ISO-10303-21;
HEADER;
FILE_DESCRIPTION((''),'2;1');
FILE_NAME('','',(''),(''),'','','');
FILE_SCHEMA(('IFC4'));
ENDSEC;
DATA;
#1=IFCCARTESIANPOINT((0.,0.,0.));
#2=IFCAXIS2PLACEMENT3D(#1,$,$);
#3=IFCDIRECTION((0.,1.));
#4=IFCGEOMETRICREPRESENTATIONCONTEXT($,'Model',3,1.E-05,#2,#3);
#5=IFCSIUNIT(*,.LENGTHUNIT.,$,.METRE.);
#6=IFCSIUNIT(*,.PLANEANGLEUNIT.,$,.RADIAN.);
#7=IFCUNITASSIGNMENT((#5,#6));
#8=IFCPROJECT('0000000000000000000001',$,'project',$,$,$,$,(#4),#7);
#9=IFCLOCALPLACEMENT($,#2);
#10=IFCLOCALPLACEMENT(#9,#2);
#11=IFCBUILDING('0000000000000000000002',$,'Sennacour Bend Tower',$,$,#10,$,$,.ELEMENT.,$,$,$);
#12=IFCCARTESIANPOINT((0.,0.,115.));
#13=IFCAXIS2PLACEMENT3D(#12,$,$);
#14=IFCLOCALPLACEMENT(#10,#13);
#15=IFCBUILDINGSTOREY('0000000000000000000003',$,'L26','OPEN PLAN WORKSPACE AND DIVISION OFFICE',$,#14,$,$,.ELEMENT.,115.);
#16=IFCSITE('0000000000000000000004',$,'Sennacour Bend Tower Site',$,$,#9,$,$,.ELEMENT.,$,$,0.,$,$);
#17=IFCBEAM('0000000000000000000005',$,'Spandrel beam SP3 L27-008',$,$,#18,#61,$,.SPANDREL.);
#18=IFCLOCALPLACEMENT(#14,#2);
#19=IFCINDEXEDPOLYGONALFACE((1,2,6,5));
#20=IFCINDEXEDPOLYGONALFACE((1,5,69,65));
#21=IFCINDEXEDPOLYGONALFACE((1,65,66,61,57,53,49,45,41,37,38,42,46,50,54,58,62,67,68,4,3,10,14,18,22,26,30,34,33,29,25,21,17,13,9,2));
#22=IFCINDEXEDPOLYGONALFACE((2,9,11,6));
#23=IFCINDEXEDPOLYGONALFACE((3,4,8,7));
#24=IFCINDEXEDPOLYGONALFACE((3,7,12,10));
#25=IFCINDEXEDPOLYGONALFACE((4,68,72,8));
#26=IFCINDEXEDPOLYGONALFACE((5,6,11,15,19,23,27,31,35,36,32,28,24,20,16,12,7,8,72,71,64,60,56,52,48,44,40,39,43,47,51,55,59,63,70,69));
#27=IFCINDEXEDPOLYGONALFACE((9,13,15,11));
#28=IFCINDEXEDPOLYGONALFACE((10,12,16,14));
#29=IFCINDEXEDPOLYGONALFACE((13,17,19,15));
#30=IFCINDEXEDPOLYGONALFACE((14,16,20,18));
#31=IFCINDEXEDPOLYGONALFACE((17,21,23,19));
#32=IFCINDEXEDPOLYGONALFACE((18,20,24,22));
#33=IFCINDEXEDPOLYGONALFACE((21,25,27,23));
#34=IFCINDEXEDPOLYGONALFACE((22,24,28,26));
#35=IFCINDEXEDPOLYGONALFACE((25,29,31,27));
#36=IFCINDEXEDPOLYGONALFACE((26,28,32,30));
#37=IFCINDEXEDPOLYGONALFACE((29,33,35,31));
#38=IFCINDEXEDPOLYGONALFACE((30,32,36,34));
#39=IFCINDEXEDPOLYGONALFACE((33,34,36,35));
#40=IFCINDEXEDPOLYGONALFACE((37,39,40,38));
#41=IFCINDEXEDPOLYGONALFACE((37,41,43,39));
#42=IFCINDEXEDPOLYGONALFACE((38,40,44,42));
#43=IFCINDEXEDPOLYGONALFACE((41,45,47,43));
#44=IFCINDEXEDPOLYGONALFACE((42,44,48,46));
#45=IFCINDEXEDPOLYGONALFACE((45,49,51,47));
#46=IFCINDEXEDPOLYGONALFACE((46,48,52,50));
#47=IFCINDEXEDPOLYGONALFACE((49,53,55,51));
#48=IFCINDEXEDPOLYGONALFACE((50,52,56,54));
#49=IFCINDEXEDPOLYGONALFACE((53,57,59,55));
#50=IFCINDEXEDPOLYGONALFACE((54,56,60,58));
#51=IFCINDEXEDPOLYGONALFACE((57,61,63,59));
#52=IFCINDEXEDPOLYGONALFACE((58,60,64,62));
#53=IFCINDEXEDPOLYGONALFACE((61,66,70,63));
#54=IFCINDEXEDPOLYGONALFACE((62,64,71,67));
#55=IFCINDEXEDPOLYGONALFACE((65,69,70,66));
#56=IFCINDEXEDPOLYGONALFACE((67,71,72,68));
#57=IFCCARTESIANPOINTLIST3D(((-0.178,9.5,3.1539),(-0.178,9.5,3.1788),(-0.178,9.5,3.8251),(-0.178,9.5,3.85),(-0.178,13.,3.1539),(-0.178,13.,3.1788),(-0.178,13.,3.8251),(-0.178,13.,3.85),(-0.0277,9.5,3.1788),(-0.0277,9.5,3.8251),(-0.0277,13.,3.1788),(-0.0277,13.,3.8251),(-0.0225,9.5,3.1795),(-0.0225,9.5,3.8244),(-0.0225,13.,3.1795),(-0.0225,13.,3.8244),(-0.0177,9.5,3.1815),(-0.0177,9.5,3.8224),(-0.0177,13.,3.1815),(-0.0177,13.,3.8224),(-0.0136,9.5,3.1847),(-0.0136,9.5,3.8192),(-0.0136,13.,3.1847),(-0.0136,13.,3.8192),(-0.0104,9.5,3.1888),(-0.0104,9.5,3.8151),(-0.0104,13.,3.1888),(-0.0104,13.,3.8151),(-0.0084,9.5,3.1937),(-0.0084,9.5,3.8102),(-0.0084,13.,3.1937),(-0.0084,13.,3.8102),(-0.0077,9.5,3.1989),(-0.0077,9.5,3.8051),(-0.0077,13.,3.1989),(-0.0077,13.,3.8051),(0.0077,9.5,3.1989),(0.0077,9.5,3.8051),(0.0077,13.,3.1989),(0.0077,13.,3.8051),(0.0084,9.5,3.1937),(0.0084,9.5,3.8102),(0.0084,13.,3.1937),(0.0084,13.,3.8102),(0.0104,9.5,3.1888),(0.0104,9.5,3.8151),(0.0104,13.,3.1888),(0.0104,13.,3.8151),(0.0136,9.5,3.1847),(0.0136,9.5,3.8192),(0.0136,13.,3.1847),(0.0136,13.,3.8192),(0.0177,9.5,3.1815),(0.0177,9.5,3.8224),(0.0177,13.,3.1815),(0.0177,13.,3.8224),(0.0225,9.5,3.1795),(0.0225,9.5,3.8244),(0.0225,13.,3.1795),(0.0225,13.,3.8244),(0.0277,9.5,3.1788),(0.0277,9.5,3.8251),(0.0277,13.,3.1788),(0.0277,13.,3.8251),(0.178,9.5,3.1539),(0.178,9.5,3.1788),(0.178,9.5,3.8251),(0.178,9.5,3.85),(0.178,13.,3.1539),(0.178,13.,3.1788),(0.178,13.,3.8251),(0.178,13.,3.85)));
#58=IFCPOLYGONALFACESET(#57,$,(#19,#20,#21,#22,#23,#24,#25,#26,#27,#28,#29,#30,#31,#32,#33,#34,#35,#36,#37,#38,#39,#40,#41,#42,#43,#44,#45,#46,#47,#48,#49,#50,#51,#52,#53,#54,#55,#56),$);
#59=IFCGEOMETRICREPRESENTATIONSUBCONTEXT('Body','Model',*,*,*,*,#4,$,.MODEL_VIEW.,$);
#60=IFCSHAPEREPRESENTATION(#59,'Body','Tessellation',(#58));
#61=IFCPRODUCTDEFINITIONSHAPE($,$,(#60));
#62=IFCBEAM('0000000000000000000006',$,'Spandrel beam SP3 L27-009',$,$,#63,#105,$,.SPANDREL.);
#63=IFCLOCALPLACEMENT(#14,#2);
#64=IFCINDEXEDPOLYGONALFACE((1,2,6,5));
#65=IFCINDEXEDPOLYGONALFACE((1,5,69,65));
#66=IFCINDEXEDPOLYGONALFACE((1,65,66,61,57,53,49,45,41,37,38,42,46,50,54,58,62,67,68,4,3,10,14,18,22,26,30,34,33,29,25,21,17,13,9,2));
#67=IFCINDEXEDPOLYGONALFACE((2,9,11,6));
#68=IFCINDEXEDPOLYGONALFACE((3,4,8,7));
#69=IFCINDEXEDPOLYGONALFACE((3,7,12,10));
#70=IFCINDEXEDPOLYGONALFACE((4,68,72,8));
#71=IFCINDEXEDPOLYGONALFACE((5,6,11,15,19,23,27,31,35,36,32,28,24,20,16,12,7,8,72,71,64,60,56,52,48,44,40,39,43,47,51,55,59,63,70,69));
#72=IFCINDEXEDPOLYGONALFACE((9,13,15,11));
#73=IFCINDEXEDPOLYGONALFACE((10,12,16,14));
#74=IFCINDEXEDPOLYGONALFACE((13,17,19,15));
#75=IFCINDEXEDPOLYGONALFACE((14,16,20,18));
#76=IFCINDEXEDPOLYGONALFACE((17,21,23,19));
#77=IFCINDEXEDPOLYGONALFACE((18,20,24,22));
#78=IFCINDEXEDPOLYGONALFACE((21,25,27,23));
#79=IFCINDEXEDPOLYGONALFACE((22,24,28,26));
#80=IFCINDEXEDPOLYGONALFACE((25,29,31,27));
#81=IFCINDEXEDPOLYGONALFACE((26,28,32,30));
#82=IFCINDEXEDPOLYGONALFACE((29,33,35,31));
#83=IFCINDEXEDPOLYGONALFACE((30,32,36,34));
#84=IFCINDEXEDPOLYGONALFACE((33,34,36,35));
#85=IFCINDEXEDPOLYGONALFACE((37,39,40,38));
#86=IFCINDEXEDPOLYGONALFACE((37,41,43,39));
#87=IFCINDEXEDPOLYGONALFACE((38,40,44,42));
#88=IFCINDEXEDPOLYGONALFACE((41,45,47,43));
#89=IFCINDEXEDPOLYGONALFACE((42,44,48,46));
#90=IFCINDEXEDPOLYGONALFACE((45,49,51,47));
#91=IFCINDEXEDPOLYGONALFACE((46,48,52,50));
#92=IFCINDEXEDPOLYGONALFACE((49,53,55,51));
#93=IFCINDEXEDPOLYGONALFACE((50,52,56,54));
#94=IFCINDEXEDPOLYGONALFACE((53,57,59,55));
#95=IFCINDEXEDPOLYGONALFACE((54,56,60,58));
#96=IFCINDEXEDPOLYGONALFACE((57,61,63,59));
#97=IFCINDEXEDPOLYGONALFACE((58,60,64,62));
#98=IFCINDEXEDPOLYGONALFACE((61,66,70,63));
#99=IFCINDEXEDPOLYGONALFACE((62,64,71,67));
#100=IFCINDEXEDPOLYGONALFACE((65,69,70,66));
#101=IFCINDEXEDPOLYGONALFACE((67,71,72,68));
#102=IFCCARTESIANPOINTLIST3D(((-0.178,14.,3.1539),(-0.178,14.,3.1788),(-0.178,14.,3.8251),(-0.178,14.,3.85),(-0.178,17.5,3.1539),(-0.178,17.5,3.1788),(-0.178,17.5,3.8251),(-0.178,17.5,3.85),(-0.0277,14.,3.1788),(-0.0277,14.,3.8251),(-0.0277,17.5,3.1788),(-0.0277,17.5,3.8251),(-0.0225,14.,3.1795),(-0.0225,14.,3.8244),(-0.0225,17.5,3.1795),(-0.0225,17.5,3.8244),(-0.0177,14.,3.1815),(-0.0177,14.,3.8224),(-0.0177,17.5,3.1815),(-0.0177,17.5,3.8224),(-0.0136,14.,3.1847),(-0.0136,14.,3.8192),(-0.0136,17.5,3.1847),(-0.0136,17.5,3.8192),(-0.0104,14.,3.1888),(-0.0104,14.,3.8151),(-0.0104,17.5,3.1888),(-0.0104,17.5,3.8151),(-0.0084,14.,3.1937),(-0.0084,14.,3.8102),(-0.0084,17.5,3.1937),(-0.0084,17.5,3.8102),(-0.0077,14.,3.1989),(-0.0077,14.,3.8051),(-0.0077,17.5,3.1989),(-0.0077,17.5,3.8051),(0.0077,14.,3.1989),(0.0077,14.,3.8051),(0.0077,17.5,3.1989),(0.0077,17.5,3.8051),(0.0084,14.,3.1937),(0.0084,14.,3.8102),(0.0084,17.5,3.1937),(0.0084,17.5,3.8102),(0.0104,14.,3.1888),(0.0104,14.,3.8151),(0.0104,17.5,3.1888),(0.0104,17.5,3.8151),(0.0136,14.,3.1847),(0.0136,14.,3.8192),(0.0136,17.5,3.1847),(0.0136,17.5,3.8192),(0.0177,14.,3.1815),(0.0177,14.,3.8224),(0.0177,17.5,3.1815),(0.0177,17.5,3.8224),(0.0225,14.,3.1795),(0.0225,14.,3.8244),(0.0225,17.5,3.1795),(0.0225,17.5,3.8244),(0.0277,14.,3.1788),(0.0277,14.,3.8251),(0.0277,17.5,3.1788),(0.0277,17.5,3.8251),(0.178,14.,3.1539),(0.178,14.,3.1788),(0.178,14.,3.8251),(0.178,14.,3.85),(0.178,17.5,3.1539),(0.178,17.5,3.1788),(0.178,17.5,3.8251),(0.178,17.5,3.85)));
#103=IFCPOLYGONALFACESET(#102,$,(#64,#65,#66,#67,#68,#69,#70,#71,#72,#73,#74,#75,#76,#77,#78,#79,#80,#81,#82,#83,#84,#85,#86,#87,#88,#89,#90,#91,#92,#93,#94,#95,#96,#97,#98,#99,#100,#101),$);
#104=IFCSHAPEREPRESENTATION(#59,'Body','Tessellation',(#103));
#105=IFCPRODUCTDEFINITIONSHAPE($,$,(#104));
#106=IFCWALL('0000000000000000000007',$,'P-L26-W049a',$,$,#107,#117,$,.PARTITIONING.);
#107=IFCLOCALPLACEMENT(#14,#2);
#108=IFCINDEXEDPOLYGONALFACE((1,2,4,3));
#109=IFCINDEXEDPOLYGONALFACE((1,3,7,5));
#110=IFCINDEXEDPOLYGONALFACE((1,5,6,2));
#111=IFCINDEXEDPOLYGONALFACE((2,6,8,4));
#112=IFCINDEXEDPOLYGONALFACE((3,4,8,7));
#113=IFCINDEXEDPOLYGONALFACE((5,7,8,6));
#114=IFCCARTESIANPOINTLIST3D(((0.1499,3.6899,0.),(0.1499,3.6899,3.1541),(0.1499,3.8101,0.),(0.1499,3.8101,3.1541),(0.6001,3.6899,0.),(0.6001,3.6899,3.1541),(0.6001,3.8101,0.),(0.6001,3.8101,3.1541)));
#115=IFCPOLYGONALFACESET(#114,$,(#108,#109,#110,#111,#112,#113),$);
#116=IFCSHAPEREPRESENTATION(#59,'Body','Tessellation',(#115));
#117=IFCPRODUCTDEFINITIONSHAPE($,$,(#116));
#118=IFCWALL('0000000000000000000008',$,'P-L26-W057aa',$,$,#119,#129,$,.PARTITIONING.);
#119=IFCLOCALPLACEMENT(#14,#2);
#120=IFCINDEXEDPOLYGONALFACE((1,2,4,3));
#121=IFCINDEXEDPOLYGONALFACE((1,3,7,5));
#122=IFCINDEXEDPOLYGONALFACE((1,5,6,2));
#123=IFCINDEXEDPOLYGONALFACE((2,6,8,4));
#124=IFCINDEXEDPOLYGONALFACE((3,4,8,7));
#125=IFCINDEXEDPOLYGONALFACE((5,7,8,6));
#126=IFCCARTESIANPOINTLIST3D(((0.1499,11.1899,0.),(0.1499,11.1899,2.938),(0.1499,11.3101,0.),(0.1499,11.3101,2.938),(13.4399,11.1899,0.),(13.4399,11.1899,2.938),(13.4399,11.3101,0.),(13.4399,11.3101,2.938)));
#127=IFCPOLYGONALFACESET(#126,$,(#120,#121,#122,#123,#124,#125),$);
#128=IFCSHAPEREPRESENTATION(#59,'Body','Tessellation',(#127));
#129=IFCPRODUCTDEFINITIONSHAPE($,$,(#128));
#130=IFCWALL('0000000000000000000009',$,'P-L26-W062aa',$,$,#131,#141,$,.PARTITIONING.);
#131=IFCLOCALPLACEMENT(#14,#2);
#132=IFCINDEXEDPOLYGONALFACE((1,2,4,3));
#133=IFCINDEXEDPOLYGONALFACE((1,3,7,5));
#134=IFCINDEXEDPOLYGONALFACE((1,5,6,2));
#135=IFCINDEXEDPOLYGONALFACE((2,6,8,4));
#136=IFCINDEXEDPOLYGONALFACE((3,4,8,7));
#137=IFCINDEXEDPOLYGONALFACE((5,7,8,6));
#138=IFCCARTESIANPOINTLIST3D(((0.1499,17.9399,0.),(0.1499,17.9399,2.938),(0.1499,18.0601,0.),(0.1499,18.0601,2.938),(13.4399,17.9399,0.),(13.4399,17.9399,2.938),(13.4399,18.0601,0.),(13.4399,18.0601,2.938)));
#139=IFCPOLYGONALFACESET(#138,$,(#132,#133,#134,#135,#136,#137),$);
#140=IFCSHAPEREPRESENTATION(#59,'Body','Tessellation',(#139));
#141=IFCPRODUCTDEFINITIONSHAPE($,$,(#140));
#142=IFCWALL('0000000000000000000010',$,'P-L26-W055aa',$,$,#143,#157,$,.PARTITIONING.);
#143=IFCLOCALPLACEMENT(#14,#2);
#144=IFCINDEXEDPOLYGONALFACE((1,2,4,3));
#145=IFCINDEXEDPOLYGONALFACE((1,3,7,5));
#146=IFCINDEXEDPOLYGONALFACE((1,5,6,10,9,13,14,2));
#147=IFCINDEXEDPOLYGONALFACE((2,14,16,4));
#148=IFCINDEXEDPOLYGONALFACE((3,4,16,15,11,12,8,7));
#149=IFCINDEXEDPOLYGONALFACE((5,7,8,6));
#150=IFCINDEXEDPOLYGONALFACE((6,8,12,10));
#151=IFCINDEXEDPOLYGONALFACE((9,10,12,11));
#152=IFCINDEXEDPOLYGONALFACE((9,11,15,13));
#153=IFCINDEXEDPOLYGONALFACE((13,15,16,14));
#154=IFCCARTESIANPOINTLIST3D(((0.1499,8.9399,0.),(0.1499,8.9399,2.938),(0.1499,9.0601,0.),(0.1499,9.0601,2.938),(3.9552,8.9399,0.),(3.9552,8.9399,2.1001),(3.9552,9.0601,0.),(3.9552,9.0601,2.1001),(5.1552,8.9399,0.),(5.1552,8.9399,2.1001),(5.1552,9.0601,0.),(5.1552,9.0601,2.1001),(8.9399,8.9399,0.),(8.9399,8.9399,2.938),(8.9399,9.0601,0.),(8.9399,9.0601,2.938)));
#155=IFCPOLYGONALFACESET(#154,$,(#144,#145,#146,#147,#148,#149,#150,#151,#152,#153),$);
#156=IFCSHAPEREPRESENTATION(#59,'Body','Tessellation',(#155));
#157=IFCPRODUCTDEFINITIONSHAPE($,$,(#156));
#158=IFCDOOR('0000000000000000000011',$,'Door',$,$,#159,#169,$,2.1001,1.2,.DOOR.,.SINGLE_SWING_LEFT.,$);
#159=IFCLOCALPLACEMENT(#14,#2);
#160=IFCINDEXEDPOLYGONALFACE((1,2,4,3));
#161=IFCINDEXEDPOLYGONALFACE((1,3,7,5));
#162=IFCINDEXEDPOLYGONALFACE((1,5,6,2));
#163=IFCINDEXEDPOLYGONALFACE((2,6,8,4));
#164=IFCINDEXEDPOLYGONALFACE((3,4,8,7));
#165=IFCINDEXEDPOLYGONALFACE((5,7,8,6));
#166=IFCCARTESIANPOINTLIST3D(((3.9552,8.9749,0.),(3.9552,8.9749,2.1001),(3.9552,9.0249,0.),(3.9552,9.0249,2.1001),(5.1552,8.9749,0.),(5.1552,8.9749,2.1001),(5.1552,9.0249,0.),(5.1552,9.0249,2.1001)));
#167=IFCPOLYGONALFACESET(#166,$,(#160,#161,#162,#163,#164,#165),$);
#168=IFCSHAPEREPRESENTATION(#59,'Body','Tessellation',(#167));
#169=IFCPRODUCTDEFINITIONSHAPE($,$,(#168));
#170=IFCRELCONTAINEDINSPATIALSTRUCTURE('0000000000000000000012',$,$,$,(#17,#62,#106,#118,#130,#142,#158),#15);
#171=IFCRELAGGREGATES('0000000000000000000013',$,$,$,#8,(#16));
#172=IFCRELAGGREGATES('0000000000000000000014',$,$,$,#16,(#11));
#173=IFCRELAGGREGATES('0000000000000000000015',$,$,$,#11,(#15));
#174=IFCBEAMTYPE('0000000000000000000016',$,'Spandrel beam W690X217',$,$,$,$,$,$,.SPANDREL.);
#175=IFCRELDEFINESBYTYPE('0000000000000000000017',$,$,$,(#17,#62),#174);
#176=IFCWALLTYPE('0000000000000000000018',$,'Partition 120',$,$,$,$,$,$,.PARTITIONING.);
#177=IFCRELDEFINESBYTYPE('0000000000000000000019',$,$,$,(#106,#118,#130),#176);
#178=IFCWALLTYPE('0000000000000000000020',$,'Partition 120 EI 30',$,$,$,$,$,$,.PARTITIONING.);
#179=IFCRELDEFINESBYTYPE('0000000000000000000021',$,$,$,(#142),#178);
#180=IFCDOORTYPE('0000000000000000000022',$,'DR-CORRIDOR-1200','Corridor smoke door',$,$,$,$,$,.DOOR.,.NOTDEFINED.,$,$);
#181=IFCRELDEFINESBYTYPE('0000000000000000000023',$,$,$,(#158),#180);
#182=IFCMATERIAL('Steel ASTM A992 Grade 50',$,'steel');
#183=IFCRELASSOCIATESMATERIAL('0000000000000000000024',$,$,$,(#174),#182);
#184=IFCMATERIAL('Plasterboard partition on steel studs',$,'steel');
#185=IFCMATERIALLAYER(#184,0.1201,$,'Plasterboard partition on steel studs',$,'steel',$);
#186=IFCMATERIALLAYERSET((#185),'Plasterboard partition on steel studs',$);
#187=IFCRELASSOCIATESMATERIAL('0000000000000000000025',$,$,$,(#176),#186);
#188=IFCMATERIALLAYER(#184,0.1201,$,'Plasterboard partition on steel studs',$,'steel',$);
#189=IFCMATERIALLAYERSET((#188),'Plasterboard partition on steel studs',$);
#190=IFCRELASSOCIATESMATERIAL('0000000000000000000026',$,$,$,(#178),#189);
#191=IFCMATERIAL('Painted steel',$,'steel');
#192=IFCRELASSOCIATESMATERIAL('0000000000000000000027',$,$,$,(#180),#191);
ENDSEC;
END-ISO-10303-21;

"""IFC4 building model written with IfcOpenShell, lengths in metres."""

from ifc_helpers import new_model, si_unit, direction, frame, frame_2d, origin, origin_2d, place, context, subcontext, project, spatial, rectangle, i_section, extrude, material, layer, layer_set, material_profile, profile_set, type_object, element, fill, save


model = new_model("IFC4")

# Units and contexts
model_context = context("Model", 3, precision=1e-05, world=origin(), true_north=direction((0.0, 1.0)))
body_context = subcontext(model_context, "Body", "Model", "MODEL_VIEW")
ifc_project = project(units=[si_unit("LENGTHUNIT", "METRE"), si_unit("PLANEANGLEUNIT", "RADIAN")], contexts=[model_context])

# Site, building, storey
site_placement = place(None, origin())
site = spatial("IfcSite", under=ifc_project, at=site_placement, Name="Sennacour Bend Tower Site", CompositionType="ELEMENT", RefElevation=0.0)
building_placement = place(site_placement, origin())
building = spatial("IfcBuilding", under=site, at=building_placement, Name="Sennacour Bend Tower", CompositionType="ELEMENT")
storey_placement = place(building_placement, frame((0.0, 0.0, 115.0)))
storey = spatial("IfcBuildingStorey", under=building, at=storey_placement, Name="L26", Description="OPEN PLAN WORKSPACE AND DIVISION OFFICE", CompositionType="ELEMENT", Elevation=115.0)

# Beams
ifc_material_1 = material(Name="Steel ASTM A992 Grade 50", Category="steel")
ifc_material_profile_1 = material_profile(ifc_material_1, i_section(OverallWidth=0.356, OverallDepth=0.696, WebThickness=0.0154, FlangeThickness=0.0249, FilletRadius=0.02, at=origin_2d()), Name="Steel ASTM A992 Grade 50", Category="steel")
ifc_profile_set_1 = profile_set([ifc_material_profile_1], Name="Steel ASTM A992 Grade 50")
beam_type_1 = type_object("IfcBeamType", Name="Spandrel beam W690X217", PredefinedType="SPANDREL", material=ifc_profile_set_1)
for number, where, z_axis, x_axis, name in (
    (1, (0.0, 9.5, 3.502), (0.0, 1.0, 0.0), (-1.0, 0.0, 0.0), "Spandrel beam SP3 L27-008"),
    (2, (0.0, 14.0, 3.502), (0.0, 1.0, 0.0), (-1.0, 0.0, 0.0), "Spandrel beam SP3 L27-009"),
):
    element("IfcBeam", number, at=place(storey_placement, frame(where, z_axis=z_axis, x_axis=x_axis)), inside=storey, type_object=beam_type_1, Name=name, PredefinedType="SPANDREL", context=body_context, shape_type="SweptSolid", body=[
        extrude(i_section(OverallWidth=0.356, OverallDepth=0.696, WebThickness=0.0154, FlangeThickness=0.0249, FilletRadius=0.02, at=origin_2d()), origin(), (0.0, 0.0, 1.0), 3.5),
    ])

# Walls
ifc_material_2 = material(Name="Plasterboard partition on steel studs", Category="steel")
ifc_layer_1 = layer(ifc_material_2, 0.1201, Name="Plasterboard partition on steel studs", Category="steel")
ifc_layer_set_1 = layer_set([ifc_layer_1], Name="Plasterboard partition on steel studs")
wall_type_1 = type_object("IfcWallType", Name="Partition 120", PredefinedType="PARTITIONING", material=ifc_layer_set_1)
wall_1_placement = place(storey_placement, frame((0.1499, 3.75, 0.0), z_axis=(0.0, 0.0, 1.0), x_axis=(1.0, 0.0, 0.0)))
element("IfcWall", 3, at=wall_1_placement, inside=storey, type_object=wall_type_1, Name="P-L26-W049a", PredefinedType="PARTITIONING", context=body_context, shape_type="SweptSolid", body=[
    extrude(rectangle(XDim=0.4502, YDim=0.1201, at=frame_2d((0.2251, 0.0))), origin(), (0.0, 0.0, 1.0), 3.1541),
])
for number, where, z_axis, x_axis, name in (
    (4, (0.1499, 11.25, 0.0), (0.0, 0.0, 1.0), (1.0, 0.0, 0.0), "P-L26-W057aa"),
    (5, (0.1499, 18.0, 0.0), (0.0, 0.0, 1.0), (1.0, 0.0, 0.0), "P-L26-W062aa"),
):
    element("IfcWall", number, at=place(storey_placement, frame(where, z_axis=z_axis, x_axis=x_axis)), inside=storey, type_object=wall_type_1, Name=name, PredefinedType="PARTITIONING", context=body_context, shape_type="SweptSolid", body=[
        extrude(rectangle(XDim=13.29, YDim=0.1201, at=frame_2d((6.645, 0.0))), origin(), (0.0, 0.0, 1.0), 2.938),
    ])

# Wall, opening, door
ifc_layer_2 = layer(ifc_material_2, 0.1201, Name="Plasterboard partition on steel studs", Category="steel")
ifc_layer_set_2 = layer_set([ifc_layer_2], Name="Plasterboard partition on steel studs")
wall_type_2 = type_object("IfcWallType", Name="Partition 120 EI 30", PredefinedType="PARTITIONING", material=ifc_layer_set_2)
wall_2_placement = place(storey_placement, frame((0.1499, 9.0, 0.0), z_axis=(0.0, 0.0, 1.0), x_axis=(1.0, 0.0, 0.0)))
wall_2 = element("IfcWall", 6, at=wall_2_placement, inside=storey, type_object=wall_type_2, Name="P-L26-W055aa", PredefinedType="PARTITIONING", context=body_context, shape_type="SweptSolid", body=[
    extrude(rectangle(XDim=8.79, YDim=0.1201, at=frame_2d((4.395, 0.0))), origin(), (0.0, 0.0, 1.0), 2.938),
])
opening_1_placement = place(wall_2_placement, frame((3.8052, 0.0, 0.0)))
opening_1 = element("IfcOpeningElement", 7, at=opening_1_placement, cuts=wall_2, PredefinedType="OPENING", context=body_context, shape_type="SweptSolid", body=[
    extrude(rectangle(XDim=1.2, YDim=2.1001, at=frame_2d((0.6001, 1.05))), frame((0.0, 0.0701, 0.0), z_axis=(0.0, -1.0, 0.0), x_axis=(1.0, 0.0, 0.0)), (0.0, 0.0, 1.0), 0.1401),
])
ifc_material_3 = material(Name="Painted steel", Category="steel")
door_type_1 = type_object("IfcDoorType", Name="DR-CORRIDOR-1200", Description="Corridor smoke door", OperationType="NOTDEFINED", PredefinedType="DOOR", material=ifc_material_3)
door_1_placement = place(opening_1_placement, origin())
door_1 = element("IfcDoor", 8, at=door_1_placement, inside=storey, type_object=door_type_1, Name="Door", OperationType="SINGLE_SWING_LEFT", OverallHeight=2.1001, OverallWidth=1.2, PredefinedType="DOOR", context=body_context, shape_type="SweptSolid", body=[
    extrude(rectangle(XDim=1.2, YDim=2.1001, at=frame_2d((0.6001, 1.05))), frame((0.0, 0.0249, 0.0), z_axis=(0.0, -1.0, 0.0), x_axis=(1.0, 0.0, 0.0)), (0.0, 0.0, 1.0), 0.05),
])
fill(opening_1, door_1)

save(model, "model.ifc")
